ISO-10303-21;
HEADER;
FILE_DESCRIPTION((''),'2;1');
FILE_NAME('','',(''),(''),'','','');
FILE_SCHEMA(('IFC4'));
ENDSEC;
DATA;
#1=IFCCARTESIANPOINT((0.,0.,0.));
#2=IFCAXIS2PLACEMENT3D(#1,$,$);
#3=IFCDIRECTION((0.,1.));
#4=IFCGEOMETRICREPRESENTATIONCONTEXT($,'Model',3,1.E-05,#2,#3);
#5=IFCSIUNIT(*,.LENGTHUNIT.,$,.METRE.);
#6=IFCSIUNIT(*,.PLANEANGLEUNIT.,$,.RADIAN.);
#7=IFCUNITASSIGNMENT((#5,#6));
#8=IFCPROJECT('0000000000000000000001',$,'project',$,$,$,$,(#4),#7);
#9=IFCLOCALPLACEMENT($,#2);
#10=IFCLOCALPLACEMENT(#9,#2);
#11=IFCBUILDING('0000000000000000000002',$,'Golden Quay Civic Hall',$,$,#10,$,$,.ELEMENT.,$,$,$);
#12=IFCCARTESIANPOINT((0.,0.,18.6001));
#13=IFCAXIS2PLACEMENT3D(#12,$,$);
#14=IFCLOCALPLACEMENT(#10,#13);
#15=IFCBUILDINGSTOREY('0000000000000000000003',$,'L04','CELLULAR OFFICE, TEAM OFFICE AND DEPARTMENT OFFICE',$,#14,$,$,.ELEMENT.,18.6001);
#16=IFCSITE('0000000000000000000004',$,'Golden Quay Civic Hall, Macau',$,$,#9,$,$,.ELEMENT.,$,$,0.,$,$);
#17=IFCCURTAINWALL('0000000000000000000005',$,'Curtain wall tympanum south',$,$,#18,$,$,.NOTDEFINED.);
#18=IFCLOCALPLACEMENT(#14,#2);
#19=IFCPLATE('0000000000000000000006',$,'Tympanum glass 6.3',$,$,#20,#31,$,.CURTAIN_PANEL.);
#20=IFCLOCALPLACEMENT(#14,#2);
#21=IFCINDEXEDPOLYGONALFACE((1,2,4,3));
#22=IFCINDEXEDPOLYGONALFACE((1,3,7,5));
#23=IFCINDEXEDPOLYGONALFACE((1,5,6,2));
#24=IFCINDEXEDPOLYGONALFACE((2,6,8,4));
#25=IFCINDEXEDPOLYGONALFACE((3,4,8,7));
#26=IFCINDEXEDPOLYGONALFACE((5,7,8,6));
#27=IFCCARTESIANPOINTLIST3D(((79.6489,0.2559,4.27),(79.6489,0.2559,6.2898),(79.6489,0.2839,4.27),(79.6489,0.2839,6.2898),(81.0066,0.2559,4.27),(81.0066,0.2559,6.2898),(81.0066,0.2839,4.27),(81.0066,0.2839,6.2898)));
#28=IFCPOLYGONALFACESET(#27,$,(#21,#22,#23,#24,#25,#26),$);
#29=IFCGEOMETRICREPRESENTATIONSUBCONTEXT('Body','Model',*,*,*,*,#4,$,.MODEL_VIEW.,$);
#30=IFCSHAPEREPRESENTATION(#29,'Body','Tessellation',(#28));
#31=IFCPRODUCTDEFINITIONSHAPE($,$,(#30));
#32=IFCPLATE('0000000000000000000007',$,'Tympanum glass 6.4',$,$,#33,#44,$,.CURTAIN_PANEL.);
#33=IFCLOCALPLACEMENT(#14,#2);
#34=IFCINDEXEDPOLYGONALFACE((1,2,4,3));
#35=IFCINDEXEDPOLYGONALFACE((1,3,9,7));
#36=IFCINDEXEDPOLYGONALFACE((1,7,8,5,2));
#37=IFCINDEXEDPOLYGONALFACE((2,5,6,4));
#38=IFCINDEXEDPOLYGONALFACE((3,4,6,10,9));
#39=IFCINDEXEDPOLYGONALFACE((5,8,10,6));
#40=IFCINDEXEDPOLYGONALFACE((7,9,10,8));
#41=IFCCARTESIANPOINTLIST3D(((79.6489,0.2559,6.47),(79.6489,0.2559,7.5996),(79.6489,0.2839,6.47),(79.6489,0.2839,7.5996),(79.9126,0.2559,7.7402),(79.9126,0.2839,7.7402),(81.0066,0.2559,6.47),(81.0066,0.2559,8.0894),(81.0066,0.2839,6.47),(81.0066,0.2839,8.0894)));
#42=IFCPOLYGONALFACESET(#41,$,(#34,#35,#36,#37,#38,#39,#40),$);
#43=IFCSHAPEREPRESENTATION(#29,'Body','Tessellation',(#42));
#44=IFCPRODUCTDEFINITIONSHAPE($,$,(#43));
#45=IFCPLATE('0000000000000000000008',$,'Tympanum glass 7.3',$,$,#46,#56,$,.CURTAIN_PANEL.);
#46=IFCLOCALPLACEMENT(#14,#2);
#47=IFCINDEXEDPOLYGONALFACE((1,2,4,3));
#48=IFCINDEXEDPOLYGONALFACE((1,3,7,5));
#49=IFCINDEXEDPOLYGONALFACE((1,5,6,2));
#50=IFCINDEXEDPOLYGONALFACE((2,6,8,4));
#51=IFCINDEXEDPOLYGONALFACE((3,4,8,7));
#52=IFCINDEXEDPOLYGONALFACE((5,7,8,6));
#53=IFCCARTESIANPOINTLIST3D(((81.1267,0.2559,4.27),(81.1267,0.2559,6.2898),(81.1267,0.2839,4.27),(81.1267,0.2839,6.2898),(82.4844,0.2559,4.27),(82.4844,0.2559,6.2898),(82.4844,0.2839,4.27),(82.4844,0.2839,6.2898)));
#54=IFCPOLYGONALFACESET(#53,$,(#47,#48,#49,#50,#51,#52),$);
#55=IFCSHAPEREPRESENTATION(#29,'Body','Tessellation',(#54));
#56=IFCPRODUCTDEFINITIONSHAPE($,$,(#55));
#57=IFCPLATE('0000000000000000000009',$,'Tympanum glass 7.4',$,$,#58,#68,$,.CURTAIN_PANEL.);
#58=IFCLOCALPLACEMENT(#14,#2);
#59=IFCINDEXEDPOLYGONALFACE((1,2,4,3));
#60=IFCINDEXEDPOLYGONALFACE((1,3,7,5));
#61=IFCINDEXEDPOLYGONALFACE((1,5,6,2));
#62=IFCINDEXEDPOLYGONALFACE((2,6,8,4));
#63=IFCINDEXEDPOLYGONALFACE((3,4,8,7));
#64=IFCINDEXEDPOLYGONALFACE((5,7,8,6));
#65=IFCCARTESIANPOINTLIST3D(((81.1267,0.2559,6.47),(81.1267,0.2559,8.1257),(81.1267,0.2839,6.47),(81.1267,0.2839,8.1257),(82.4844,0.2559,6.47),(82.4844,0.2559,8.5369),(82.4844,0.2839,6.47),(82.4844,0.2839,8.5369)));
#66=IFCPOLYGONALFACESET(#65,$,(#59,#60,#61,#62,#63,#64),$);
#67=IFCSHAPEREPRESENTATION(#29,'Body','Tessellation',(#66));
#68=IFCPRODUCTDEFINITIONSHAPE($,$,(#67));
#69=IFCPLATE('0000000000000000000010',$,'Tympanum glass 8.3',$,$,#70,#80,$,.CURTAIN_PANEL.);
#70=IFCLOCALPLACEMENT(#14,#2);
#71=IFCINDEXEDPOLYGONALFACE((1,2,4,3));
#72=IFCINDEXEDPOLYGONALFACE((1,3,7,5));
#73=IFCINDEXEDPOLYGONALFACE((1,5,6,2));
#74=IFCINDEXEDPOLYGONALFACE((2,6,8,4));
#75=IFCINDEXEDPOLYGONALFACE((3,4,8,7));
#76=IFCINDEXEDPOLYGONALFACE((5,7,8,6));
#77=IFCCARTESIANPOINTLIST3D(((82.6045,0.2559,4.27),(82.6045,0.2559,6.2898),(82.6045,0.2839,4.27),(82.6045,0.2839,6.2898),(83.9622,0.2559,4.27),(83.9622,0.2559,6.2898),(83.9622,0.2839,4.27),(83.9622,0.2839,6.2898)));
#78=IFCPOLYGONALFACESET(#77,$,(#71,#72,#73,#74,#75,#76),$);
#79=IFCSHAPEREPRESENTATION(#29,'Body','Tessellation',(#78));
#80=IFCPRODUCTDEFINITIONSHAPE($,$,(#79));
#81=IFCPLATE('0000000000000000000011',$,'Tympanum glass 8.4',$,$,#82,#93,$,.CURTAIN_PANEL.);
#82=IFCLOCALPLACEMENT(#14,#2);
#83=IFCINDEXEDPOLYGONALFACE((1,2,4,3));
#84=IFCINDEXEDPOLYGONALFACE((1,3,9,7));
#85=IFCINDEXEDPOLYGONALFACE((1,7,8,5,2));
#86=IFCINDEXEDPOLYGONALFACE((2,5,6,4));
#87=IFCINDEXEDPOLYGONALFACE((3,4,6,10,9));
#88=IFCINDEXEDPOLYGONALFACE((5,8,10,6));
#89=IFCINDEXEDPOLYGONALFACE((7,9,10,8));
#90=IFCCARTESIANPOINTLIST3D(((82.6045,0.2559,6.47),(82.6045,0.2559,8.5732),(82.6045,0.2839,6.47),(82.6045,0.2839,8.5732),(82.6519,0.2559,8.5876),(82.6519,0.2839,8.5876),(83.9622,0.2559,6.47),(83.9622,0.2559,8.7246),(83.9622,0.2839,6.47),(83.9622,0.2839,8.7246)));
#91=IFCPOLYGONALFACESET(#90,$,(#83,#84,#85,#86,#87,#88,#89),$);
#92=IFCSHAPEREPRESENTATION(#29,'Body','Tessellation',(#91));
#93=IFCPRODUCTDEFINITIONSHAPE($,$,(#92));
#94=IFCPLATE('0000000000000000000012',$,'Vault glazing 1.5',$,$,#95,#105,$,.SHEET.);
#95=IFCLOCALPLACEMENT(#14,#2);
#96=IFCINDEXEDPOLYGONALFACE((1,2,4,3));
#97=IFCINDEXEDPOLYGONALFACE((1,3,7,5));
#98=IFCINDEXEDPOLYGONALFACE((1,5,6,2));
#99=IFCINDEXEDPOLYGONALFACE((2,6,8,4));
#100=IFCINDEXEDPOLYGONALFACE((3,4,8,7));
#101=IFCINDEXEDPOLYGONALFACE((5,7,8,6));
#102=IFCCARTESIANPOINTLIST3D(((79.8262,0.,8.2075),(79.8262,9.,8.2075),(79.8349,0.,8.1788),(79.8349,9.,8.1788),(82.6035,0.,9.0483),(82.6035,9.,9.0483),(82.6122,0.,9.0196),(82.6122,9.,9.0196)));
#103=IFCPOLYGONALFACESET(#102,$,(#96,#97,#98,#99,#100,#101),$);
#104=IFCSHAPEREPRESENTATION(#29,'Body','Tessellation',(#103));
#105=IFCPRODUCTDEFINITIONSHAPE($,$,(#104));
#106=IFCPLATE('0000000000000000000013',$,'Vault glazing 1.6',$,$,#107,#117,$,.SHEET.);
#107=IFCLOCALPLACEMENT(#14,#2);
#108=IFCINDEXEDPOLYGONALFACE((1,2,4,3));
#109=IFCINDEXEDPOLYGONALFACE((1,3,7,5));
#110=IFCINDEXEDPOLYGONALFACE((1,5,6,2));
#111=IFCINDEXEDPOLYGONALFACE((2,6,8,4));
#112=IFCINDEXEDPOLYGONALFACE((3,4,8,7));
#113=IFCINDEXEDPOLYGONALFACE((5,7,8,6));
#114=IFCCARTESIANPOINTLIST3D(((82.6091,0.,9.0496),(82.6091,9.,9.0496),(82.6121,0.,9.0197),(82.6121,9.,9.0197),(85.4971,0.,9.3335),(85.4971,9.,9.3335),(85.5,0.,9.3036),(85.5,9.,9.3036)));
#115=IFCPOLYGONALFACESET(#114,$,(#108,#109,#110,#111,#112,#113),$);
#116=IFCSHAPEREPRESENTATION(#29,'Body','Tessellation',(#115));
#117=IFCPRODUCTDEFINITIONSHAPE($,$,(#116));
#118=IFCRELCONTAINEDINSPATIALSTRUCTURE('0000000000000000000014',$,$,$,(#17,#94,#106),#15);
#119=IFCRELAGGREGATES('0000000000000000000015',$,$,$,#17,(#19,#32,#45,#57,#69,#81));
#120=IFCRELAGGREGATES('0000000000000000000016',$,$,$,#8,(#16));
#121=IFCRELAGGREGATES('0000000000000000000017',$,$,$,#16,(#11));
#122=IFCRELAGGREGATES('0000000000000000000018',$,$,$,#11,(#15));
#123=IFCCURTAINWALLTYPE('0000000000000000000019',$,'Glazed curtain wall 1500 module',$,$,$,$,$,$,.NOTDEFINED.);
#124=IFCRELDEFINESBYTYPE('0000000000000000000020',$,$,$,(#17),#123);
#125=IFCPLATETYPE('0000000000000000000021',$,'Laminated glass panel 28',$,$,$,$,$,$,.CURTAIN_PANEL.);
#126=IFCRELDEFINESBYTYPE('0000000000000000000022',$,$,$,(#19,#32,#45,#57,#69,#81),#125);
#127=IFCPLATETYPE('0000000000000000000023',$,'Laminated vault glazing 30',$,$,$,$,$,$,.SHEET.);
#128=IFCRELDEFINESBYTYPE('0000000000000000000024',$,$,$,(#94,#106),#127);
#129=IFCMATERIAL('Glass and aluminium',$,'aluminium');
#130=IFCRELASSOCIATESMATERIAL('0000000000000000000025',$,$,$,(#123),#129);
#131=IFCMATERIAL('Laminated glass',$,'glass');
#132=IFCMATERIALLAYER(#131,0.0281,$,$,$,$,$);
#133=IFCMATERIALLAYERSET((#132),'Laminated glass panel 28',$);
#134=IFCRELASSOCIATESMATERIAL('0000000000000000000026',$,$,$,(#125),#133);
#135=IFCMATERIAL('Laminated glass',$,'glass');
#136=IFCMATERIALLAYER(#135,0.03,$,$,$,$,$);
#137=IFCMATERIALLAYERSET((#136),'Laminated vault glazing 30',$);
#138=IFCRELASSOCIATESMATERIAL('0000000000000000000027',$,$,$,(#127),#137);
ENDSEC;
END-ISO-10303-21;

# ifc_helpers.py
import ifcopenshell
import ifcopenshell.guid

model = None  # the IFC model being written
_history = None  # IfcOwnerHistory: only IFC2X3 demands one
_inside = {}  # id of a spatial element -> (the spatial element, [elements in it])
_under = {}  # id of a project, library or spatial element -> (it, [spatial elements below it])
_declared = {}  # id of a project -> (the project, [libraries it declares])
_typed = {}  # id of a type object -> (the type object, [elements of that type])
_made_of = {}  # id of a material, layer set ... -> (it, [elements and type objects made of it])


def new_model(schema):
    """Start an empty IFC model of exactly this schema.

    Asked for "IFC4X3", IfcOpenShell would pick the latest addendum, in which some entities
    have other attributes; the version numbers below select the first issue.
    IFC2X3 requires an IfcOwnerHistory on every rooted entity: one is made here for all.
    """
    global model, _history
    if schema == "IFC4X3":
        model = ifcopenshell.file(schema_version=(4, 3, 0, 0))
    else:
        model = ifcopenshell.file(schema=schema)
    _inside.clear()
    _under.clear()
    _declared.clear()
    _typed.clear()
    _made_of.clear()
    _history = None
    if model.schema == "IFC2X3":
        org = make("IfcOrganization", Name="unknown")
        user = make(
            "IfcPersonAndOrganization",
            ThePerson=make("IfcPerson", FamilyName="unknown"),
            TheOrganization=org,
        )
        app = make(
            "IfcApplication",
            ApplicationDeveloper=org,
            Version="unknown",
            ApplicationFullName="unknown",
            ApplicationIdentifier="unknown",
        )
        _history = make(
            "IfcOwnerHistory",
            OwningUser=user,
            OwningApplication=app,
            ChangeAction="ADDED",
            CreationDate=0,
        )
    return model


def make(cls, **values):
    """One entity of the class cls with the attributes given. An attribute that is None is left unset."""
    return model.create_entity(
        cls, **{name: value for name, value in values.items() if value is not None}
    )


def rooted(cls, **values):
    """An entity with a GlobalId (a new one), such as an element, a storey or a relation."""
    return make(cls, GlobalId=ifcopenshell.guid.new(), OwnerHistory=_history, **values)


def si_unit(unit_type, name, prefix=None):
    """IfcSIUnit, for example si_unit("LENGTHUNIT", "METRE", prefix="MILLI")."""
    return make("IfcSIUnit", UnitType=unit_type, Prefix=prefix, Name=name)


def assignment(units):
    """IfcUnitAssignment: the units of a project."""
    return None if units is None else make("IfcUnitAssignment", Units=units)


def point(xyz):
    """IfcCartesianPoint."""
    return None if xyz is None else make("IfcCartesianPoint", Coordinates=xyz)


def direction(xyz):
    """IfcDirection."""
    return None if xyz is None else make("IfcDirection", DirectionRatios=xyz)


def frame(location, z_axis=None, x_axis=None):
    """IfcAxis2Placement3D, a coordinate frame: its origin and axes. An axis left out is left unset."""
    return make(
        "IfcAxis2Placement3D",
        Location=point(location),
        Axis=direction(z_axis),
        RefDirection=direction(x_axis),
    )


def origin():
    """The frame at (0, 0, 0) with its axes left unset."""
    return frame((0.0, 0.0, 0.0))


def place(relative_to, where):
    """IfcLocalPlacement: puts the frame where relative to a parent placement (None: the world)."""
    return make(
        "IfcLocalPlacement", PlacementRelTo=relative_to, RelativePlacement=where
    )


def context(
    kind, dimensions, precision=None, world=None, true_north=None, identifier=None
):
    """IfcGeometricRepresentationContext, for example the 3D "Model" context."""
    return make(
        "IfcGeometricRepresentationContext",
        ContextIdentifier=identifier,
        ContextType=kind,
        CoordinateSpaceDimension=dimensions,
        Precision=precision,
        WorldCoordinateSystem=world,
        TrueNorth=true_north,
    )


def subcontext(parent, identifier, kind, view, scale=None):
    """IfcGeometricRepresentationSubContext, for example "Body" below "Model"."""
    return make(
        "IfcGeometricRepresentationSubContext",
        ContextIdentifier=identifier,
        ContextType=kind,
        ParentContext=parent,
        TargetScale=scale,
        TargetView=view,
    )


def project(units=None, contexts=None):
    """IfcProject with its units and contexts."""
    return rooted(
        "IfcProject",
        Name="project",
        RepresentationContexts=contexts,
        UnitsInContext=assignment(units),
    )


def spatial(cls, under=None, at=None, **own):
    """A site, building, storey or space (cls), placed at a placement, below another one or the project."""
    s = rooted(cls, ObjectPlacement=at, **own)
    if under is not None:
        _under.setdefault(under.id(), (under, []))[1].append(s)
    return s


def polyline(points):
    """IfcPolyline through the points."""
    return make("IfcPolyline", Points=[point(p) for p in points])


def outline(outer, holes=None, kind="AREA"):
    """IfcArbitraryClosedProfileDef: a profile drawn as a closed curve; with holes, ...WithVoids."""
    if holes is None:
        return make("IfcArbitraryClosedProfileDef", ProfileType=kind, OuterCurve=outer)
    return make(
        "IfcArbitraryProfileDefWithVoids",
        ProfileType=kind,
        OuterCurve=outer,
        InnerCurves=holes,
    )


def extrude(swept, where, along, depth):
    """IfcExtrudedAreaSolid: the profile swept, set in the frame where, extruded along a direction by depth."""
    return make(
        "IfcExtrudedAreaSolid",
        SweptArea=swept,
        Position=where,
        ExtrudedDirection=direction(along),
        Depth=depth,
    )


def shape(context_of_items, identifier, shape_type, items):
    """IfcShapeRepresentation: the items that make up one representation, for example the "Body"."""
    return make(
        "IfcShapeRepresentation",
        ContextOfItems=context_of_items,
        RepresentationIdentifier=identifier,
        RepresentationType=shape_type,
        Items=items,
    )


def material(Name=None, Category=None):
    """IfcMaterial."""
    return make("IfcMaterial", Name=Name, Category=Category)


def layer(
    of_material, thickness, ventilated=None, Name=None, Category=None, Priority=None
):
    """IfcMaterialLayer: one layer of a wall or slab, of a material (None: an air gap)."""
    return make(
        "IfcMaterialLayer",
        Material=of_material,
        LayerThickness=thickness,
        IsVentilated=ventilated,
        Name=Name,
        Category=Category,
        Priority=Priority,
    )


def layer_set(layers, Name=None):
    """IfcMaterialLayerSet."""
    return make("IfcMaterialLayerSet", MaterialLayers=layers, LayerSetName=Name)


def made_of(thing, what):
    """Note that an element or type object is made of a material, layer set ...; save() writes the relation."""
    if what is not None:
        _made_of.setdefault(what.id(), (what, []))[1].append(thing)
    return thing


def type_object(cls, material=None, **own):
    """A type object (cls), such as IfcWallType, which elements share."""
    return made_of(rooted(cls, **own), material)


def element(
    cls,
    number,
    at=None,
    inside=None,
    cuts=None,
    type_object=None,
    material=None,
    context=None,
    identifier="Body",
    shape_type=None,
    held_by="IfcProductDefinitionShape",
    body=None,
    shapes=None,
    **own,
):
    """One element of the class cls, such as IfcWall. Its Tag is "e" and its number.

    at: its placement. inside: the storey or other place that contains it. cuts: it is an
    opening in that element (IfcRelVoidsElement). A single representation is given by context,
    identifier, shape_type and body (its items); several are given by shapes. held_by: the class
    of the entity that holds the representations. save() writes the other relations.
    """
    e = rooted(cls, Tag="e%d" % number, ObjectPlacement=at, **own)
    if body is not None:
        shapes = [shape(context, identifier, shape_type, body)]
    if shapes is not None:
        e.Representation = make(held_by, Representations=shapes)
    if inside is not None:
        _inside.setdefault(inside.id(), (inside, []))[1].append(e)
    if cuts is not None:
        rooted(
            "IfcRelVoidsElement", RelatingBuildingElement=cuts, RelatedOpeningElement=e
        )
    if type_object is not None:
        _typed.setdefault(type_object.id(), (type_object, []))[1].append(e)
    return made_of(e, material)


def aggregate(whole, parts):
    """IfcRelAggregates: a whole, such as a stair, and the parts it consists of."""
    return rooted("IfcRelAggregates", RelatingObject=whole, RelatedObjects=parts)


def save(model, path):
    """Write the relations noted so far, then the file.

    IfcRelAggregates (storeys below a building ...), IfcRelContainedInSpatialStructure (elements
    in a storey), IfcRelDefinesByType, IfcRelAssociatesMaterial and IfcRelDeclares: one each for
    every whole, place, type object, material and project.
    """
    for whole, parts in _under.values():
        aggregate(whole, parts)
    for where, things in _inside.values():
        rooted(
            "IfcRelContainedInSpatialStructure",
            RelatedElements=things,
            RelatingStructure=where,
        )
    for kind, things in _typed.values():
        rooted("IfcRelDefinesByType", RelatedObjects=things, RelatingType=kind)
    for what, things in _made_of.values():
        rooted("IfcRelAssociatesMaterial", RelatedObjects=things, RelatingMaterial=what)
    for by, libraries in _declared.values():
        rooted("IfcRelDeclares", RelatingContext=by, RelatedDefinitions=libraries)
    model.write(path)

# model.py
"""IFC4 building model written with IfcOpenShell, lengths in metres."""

from ifc_helpers import new_model, si_unit, direction, frame, origin, place, context, subcontext, project, spatial, polyline, outline, extrude, material, layer, layer_set, type_object, element, aggregate, save


model = new_model("IFC4")

# Units and contexts
model_context = context("Model", 3, precision=1e-05, world=origin(), true_north=direction((0.0, 1.0)))
body_context = subcontext(model_context, "Body", "Model", "MODEL_VIEW")
ifc_project = project(units=[si_unit("LENGTHUNIT", "METRE"), si_unit("PLANEANGLEUNIT", "RADIAN")], contexts=[model_context])

# Site, building, storey
site_placement = place(None, origin())
site = spatial("IfcSite", under=ifc_project, at=site_placement, Name="Golden Quay Civic Hall, Macau", CompositionType="ELEMENT", RefElevation=0.0)
building_placement = place(site_placement, origin())
building = spatial("IfcBuilding", under=site, at=building_placement, Name="Golden Quay Civic Hall", CompositionType="ELEMENT")
storey_placement = place(building_placement, frame((0.0, 0.0, 18.6001)))
storey = spatial("IfcBuildingStorey", under=building, at=storey_placement, Name="L04", Description="CELLULAR OFFICE, TEAM OFFICE AND DEPARTMENT OFFICE", CompositionType="ELEMENT", Elevation=18.6001)

# Curtain wall, plates
ifc_material_1 = material(Name="Glass and aluminium", Category="aluminium")
curtain_wall_type = type_object("IfcCurtainWallType", Name="Glazed curtain wall 1500 module", PredefinedType="NOTDEFINED", material=ifc_material_1)
curtain_wall_placement = place(storey_placement, origin())
curtain_wall = element("IfcCurtainWall", 1, at=curtain_wall_placement, inside=storey, type_object=curtain_wall_type, Name="Curtain wall tympanum south", PredefinedType="NOTDEFINED")
ifc_material_2 = material(Name="Laminated glass", Category="glass")
ifc_layer_1 = layer(ifc_material_2, 0.0281)
ifc_layer_set_1 = layer_set([ifc_layer_1], Name="Laminated glass panel 28")
plate_type_1 = type_object("IfcPlateType", Name="Laminated glass panel 28", PredefinedType="CURTAIN_PANEL", material=ifc_layer_set_1)
plate_1_placement = place(storey_placement, frame((81.0066, 0.2839, 4.27), z_axis=(0.0, 1.0, 0.0), x_axis=(-1.0, 0.0, 0.0)))
plate_1 = element("IfcPlate", 2, at=plate_1_placement, type_object=plate_type_1, Name="Tympanum glass 6.3", PredefinedType="CURTAIN_PANEL", context=body_context, shape_type="SweptSolid", body=[
    extrude(outline(polyline([(0.0, 0.0), (1.3577, 0.0), (1.3577, 2.0198), (0.0, 2.0198), (0.0, 0.0)])), origin(), (0.0, 0.0, -1.0), 0.0281),
])
plate_2_placement = place(storey_placement, frame((81.0066, 0.2839, 6.47), z_axis=(0.0, 1.0, 0.0), x_axis=(-1.0, 0.0, 0.0)))
plate_2 = element("IfcPlate", 3, at=plate_2_placement, type_object=plate_type_1, Name="Tympanum glass 6.4", PredefinedType="CURTAIN_PANEL", context=body_context, shape_type="SweptSolid", body=[
    extrude(outline(polyline([(0.0, 0.0), (1.3577, 0.0), (1.3577, 1.1296), (1.094, 1.2703), (0.0, 1.6194), (0.0, 0.0)])), origin(), (0.0, 0.0, -1.0), 0.0281),
])
plate_3_placement = place(storey_placement, frame((82.4844, 0.2839, 4.27), z_axis=(0.0, 1.0, 0.0), x_axis=(-1.0, 0.0, 0.0)))
plate_3 = element("IfcPlate", 4, at=plate_3_placement, type_object=plate_type_1, Name="Tympanum glass 7.3", PredefinedType="CURTAIN_PANEL", context=body_context, shape_type="SweptSolid", body=[
    extrude(outline(polyline([(0.0, 0.0), (1.3577, 0.0), (1.3577, 2.0198), (0.0, 2.0198), (0.0, 0.0)])), origin(), (0.0, 0.0, -1.0), 0.0281),
])
plate_4_placement = place(storey_placement, frame((82.4844, 0.2839, 6.47), z_axis=(0.0, 1.0, 0.0), x_axis=(-1.0, 0.0, 0.0)))
plate_4 = element("IfcPlate", 5, at=plate_4_placement, type_object=plate_type_1, Name="Tympanum glass 7.4", PredefinedType="CURTAIN_PANEL", context=body_context, shape_type="SweptSolid", body=[
    extrude(outline(polyline([(0.0, 0.0), (1.3577, 0.0), (1.3577, 1.6558), (0.0, 2.0669), (0.0, 0.0)])), origin(), (0.0, 0.0, -1.0), 0.0281),
])
plate_5_placement = place(storey_placement, frame((83.9622, 0.2839, 4.27), z_axis=(0.0, 1.0, 0.0), x_axis=(-1.0, 0.0, 0.0)))
plate_5 = element("IfcPlate", 6, at=plate_5_placement, type_object=plate_type_1, Name="Tympanum glass 8.3", PredefinedType="CURTAIN_PANEL", context=body_context, shape_type="SweptSolid", body=[
    extrude(outline(polyline([(0.0, 0.0), (1.3577, 0.0), (1.3577, 2.0198), (0.0, 2.0198), (0.0, 0.0)])), origin(), (0.0, 0.0, -1.0), 0.0281),
])
plate_6_placement = place(storey_placement, frame((83.9622, 0.2839, 6.47), z_axis=(0.0, 1.0, 0.0), x_axis=(-1.0, 0.0, 0.0)))
plate_6 = element("IfcPlate", 7, at=plate_6_placement, type_object=plate_type_1, Name="Tympanum glass 8.4", PredefinedType="CURTAIN_PANEL", context=body_context, shape_type="SweptSolid", body=[
    extrude(outline(polyline([(0.0, 0.0), (1.3577, 0.0), (1.3577, 2.1033), (1.3103, 2.1177), (0.0, 2.2546), (0.0, 0.0)])), origin(), (0.0, 0.0, -1.0), 0.0281),
])
aggregate(curtain_wall, [plate_1, plate_2, plate_3, plate_4, plate_5, plate_6])

# Plates
ifc_material_3 = material(Name="Laminated glass", Category="glass")
ifc_layer_2 = layer(ifc_material_3, 0.03)
ifc_layer_set_2 = layer_set([ifc_layer_2], Name="Laminated vault glazing 30")
plate_type_2 = type_object("IfcPlateType", Name="Laminated vault glazing 30", PredefinedType="SHEET", material=ifc_layer_set_2)
plate_7_placement = place(storey_placement, frame((79.8262, 0.0, 8.2075), z_axis=(-0.289755, 0.0, 0.957101), x_axis=(0.957101, 0.0, 0.289755)))
element("IfcPlate", 8, at=plate_7_placement, inside=storey, type_object=plate_type_2, Name="Vault glazing 1.5", PredefinedType="SHEET", context=body_context, shape_type="SweptSolid", body=[
    extrude(outline(polyline([(0.0, 0.0), (2.9018, 0.0), (2.9018, 9.0), (0.0, 9.0), (0.0, 0.0)])), origin(), (0.0, 0.0, -1.0), 0.03),
])
plate_8_placement = place(storey_placement, frame((82.6091, 0.0, 9.0496), z_axis=(-0.097846, 0.0, 0.995202), x_axis=(0.995202, 0.0, 0.097846)))
element("IfcPlate", 9, at=plate_8_placement, inside=storey, type_object=plate_type_2, Name="Vault glazing 1.6", PredefinedType="SHEET", context=body_context, shape_type="SweptSolid", body=[
    extrude(outline(polyline([(0.0, 0.0), (2.9019, 0.0), (2.9019, 9.0), (0.0, 9.0), (0.0, 0.0)])), origin(), (0.0, 0.0, -1.0), 0.03),
])

save(model, "model.ifc")
